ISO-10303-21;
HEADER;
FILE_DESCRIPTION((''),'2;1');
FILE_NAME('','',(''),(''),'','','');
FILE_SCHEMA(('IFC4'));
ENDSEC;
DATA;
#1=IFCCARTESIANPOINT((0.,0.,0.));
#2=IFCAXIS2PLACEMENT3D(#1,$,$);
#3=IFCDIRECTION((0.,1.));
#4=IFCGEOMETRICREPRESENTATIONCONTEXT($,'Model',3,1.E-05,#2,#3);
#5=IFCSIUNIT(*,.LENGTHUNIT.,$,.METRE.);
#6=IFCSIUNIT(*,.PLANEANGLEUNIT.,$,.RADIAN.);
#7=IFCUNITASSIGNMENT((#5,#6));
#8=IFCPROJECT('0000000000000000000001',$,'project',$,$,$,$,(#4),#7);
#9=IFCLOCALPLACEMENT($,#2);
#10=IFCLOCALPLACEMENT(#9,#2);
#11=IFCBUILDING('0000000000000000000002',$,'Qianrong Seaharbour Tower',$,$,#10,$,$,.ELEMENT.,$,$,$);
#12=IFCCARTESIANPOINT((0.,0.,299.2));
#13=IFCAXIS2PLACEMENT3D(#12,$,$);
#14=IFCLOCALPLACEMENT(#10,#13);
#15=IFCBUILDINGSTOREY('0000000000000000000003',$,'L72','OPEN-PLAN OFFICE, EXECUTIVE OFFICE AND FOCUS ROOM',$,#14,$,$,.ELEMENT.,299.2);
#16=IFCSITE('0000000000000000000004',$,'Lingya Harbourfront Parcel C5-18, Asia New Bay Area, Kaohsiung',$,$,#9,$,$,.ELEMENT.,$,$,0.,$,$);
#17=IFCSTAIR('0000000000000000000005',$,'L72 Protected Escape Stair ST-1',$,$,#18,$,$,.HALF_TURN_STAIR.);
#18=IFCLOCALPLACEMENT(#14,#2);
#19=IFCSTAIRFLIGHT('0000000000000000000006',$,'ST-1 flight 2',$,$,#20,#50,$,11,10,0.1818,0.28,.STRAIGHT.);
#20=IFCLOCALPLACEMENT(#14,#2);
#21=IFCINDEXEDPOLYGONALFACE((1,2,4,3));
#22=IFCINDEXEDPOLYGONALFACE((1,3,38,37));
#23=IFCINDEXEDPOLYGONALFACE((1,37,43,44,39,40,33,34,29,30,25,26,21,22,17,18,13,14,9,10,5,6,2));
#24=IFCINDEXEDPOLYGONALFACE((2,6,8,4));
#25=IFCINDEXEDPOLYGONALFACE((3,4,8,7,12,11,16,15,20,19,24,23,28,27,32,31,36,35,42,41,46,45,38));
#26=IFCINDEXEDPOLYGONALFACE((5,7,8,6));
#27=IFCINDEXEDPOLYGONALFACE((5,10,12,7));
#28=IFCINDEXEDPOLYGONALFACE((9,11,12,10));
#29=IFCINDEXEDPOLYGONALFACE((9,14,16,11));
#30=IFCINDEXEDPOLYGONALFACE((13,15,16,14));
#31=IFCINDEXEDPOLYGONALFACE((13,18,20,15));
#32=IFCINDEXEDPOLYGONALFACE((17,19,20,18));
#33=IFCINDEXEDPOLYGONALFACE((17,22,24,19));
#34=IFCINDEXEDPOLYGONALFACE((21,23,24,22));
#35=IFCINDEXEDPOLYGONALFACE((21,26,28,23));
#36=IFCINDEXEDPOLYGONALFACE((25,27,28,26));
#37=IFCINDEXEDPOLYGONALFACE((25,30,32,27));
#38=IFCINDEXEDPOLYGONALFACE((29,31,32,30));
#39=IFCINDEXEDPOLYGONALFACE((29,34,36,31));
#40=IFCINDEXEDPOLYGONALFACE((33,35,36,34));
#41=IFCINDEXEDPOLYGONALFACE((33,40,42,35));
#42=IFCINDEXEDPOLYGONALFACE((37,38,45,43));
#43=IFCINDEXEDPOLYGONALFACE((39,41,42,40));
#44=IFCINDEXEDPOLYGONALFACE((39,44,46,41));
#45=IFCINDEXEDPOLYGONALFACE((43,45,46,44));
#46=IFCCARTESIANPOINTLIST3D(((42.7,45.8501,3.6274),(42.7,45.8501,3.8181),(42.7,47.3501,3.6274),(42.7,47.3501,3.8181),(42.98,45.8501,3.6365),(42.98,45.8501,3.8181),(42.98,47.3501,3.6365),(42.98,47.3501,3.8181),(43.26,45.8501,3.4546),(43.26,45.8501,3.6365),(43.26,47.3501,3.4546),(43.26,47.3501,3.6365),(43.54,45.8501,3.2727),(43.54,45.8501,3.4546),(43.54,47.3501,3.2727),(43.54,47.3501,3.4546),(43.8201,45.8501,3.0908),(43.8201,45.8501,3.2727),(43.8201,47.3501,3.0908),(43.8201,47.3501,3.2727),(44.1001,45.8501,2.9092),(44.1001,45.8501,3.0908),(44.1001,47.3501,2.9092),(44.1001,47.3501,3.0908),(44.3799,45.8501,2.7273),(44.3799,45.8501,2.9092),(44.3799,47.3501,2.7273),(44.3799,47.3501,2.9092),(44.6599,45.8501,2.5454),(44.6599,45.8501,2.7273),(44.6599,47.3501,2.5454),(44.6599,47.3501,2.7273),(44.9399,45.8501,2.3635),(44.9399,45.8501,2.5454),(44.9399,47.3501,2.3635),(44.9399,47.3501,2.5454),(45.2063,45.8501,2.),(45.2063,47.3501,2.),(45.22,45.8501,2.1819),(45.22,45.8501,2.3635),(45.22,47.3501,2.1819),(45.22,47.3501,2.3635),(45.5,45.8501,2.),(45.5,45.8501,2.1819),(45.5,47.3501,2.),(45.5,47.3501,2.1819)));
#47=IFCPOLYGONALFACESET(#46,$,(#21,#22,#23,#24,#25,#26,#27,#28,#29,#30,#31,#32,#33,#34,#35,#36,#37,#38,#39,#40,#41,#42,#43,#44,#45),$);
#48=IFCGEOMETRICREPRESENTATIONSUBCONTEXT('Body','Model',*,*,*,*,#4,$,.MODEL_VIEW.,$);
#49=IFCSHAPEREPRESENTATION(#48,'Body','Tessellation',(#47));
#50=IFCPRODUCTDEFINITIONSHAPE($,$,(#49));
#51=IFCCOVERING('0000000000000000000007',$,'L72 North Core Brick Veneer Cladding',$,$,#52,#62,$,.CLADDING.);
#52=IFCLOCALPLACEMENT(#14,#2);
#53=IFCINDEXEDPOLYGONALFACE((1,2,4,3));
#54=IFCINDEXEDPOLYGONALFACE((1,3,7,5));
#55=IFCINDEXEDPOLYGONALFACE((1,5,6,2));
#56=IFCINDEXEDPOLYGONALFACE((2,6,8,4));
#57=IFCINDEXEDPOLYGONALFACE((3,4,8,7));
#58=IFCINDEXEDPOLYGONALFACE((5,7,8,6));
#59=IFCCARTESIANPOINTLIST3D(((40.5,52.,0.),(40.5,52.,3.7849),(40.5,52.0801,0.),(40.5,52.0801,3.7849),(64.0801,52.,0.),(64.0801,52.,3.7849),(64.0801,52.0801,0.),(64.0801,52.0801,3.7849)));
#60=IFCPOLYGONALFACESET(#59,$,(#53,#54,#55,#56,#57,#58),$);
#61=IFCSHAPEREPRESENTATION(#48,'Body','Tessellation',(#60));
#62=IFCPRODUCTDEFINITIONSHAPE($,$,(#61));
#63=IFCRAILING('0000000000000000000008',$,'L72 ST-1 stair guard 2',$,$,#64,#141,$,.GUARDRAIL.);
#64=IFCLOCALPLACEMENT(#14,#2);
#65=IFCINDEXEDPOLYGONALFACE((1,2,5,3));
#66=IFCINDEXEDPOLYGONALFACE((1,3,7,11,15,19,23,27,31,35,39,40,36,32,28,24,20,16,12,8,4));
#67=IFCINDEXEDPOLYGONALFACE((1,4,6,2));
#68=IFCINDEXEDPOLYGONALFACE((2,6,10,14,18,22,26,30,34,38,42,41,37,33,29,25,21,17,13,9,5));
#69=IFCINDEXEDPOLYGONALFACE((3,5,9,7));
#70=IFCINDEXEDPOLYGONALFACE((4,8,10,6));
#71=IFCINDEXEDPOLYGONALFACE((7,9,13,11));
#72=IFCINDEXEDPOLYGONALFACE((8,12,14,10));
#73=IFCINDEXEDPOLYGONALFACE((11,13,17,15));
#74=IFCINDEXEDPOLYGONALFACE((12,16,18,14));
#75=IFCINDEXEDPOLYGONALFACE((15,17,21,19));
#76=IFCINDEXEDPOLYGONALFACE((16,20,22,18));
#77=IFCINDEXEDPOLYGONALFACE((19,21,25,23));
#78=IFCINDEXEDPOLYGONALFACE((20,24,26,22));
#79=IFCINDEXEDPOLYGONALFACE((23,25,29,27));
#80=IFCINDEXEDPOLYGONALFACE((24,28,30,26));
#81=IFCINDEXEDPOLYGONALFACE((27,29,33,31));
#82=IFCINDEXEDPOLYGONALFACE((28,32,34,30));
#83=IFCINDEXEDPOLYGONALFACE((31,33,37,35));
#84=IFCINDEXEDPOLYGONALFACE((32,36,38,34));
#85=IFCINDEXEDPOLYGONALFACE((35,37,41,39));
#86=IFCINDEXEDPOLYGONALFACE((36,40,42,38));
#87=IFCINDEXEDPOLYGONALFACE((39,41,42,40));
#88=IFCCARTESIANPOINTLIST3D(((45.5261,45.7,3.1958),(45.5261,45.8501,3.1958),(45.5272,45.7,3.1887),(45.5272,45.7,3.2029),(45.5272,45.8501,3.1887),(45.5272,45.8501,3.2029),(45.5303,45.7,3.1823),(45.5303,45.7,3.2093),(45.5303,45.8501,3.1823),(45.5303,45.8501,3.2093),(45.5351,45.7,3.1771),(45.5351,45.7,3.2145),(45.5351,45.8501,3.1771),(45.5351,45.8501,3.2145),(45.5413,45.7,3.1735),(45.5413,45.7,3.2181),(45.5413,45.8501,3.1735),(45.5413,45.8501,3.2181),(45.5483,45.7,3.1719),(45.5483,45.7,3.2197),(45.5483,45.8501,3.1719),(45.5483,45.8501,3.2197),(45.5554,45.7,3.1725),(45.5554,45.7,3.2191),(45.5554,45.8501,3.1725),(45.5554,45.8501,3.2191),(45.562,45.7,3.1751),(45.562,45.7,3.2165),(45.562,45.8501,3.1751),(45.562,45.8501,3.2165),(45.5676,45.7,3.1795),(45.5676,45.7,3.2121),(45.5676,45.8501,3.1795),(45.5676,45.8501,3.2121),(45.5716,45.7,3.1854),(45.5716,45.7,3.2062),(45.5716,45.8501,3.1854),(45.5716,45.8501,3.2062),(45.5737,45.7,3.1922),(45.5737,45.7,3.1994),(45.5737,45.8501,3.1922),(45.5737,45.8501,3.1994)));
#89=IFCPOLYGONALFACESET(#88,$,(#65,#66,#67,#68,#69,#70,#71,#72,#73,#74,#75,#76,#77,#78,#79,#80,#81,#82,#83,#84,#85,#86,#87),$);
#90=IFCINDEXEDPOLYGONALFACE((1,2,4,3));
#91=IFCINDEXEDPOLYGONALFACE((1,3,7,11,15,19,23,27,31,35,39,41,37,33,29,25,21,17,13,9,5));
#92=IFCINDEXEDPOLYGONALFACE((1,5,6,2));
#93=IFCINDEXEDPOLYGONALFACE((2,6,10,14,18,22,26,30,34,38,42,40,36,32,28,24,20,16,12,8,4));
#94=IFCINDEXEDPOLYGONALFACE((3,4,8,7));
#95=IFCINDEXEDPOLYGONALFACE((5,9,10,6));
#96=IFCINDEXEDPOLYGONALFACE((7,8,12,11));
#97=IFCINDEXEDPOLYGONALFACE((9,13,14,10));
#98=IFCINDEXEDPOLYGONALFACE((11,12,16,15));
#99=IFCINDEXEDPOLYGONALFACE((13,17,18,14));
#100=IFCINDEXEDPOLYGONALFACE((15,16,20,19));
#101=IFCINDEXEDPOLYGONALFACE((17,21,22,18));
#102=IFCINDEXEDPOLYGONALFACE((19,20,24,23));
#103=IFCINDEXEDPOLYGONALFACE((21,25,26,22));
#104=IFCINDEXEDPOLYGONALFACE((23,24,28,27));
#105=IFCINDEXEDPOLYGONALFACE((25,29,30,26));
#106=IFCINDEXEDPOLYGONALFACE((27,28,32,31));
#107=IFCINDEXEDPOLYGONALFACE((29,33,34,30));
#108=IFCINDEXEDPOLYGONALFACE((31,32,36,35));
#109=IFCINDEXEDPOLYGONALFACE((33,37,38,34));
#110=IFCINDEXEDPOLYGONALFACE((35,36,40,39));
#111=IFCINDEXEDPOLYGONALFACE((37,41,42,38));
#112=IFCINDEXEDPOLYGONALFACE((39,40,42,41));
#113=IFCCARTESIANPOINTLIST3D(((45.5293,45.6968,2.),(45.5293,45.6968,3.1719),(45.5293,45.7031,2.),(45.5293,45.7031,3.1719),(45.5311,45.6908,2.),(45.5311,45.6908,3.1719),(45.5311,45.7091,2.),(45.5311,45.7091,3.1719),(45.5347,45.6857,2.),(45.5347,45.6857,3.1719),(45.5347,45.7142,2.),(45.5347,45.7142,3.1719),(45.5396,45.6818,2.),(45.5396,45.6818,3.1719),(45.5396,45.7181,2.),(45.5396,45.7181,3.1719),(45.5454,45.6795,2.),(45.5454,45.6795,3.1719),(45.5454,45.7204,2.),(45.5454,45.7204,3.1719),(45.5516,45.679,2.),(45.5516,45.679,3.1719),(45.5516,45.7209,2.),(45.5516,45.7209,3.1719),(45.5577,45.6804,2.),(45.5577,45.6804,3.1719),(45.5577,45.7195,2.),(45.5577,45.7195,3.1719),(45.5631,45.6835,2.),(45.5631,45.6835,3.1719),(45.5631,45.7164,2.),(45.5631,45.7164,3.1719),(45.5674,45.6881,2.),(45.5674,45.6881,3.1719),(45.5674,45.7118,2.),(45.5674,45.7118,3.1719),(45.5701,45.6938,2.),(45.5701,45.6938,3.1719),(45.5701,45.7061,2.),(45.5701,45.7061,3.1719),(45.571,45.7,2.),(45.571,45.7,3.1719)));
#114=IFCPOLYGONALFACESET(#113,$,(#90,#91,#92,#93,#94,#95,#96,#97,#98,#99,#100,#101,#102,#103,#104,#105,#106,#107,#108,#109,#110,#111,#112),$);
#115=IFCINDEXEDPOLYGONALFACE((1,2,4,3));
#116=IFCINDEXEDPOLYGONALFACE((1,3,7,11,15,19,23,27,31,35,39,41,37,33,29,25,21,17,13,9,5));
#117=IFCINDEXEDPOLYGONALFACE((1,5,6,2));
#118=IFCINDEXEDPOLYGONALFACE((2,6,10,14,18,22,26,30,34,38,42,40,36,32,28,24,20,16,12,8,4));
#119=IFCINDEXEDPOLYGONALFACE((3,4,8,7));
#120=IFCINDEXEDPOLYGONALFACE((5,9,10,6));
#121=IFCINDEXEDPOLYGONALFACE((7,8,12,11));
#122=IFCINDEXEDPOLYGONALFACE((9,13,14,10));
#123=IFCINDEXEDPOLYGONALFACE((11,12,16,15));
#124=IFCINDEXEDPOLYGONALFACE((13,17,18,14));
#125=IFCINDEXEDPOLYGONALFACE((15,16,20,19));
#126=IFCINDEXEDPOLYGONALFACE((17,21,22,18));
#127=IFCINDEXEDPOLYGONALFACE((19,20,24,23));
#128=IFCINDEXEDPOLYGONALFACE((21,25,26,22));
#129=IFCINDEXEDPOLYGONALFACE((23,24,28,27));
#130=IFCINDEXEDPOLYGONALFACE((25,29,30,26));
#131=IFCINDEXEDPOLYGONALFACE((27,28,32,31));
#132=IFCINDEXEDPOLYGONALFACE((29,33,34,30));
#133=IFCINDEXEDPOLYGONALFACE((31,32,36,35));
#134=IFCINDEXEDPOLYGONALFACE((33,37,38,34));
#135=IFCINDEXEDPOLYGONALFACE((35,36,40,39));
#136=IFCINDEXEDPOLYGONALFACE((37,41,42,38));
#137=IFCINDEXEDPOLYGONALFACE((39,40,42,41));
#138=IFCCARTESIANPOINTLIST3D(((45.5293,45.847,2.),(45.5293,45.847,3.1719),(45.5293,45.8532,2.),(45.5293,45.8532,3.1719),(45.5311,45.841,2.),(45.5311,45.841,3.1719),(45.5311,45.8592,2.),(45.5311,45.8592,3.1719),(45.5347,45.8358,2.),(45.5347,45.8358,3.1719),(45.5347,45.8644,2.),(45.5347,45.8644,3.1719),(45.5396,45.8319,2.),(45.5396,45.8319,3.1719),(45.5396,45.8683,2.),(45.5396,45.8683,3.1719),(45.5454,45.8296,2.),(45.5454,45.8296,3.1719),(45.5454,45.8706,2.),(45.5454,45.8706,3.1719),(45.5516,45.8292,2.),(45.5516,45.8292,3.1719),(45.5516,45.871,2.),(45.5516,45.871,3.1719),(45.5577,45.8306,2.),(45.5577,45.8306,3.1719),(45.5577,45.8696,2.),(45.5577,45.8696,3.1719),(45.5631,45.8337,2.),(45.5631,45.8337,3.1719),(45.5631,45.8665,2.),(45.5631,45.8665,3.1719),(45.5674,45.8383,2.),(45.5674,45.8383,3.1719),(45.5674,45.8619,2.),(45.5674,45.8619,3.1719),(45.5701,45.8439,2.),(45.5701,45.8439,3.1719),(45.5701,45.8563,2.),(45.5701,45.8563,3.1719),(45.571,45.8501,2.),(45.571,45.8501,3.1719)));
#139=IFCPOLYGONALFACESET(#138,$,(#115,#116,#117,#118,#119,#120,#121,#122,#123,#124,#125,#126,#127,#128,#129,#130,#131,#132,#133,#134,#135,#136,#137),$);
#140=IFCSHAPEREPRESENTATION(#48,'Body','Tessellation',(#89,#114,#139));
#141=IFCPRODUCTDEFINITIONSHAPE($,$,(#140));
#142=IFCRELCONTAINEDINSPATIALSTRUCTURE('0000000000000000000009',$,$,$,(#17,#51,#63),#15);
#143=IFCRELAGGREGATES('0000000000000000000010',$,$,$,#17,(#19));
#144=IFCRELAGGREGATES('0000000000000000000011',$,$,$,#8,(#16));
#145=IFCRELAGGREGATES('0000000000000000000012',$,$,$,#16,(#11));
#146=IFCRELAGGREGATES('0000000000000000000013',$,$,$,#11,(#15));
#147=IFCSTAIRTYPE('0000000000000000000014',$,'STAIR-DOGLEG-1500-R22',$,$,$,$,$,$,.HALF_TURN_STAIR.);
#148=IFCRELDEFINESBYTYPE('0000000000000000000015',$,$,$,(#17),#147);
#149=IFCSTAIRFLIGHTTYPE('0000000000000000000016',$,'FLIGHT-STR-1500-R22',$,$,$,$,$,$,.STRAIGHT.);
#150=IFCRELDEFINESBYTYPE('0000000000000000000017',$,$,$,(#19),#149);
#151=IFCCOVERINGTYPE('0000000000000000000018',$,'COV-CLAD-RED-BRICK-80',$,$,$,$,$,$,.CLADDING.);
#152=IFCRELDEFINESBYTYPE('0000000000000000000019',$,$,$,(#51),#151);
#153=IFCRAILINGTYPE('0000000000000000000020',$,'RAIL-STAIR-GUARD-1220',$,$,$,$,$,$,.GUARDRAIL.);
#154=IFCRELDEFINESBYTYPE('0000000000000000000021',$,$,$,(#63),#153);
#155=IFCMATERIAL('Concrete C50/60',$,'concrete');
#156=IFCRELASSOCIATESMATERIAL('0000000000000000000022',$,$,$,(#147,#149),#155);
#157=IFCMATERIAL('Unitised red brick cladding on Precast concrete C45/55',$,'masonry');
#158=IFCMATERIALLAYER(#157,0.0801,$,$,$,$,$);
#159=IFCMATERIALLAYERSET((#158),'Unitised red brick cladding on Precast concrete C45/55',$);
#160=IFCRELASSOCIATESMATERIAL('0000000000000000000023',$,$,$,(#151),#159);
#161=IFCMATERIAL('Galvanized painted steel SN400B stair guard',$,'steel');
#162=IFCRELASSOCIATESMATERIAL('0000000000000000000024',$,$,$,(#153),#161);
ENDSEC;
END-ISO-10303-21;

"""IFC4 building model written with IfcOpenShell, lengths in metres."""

from ifc_helpers import new_model, si_unit, direction, frame, origin, origin_2d, place, context, subcontext, project, spatial, polyline, rectangle, circle, outline, extrude, material, layer, layer_set, type_object, element, aggregate, save


model = new_model("IFC4")

# Units and contexts
model_context = context("Model", 3, precision=1e-05, world=origin(), true_north=direction((0.0, 1.0)))
body_context = subcontext(model_context, "Body", "Model", "MODEL_VIEW")
ifc_project = project(units=[si_unit("LENGTHUNIT", "METRE"), si_unit("PLANEANGLEUNIT", "RADIAN")], contexts=[model_context])

# Site, building, storey
site_placement = place(None, origin())
site = spatial("IfcSite", under=ifc_project, at=site_placement, Name="Lingya Harbourfront Parcel C5-18, Asia New Bay Area, Kaohsiung", CompositionType="ELEMENT", RefElevation=0.0)
building_placement = place(site_placement, origin())
building = spatial("IfcBuilding", under=site, at=building_placement, Name="Qianrong Seaharbour Tower", CompositionType="ELEMENT")
storey_placement = place(building_placement, frame((0.0, 0.0, 299.2)))
storey = spatial("IfcBuildingStorey", under=building, at=storey_placement, Name="L72", Description="OPEN-PLAN OFFICE, EXECUTIVE OFFICE AND FOCUS ROOM", CompositionType="ELEMENT", Elevation=299.2)

# Shared definitions
ifc_material_1 = material(Name="Concrete C50/60", Category="concrete")

# Stair, stair flight
stair_type = type_object("IfcStairType", Name="STAIR-DOGLEG-1500-R22", PredefinedType="HALF_TURN_STAIR", material=ifc_material_1)
stair_placement = place(storey_placement, origin())
stair = element("IfcStair", 1, at=stair_placement, inside=storey, type_object=stair_type, Name="L72 Protected Escape Stair ST-1", PredefinedType="HALF_TURN_STAIR")
stair_flight_type = type_object("IfcStairFlightType", Name="FLIGHT-STR-1500-R22", PredefinedType="STRAIGHT", material=ifc_material_1)
stair_flight_placement = place(storey_placement, frame((45.5, 46.6001, 2.0), z_axis=(0.0, 0.0, 1.0), x_axis=(-1.0, 0.0, 0.0)))
stair_flight = element("IfcStairFlight", 2, at=stair_flight_placement, type_object=stair_flight_type, Name="ST-1 flight 2", NumberOfRisers=11, NumberOfTreads=10, PredefinedType="STRAIGHT", RiserHeight=0.1818, TreadLength=0.28, context=body_context, shape_type="SweptSolid", body=[
    extrude(outline(polyline([(0.0, 0.0), (0.0, 0.1819), (0.28, 0.1819), (0.28, 0.3635), (0.5601, 0.3635), (0.5601, 0.5454), (0.8401, 0.5454), (0.8401, 0.7273), (1.1201, 0.7273), (1.1201, 0.9092), (1.3999, 0.9092), (1.3999, 1.0908), (1.6799, 1.0908), (1.6799, 1.2727), (1.96, 1.2727), (1.96, 1.4546), (2.24, 1.4546), (2.24, 1.6365), (2.52, 1.6365), (2.52, 1.8181), (2.8, 1.8181), (2.8, 2.0), (2.8, 1.6274), (0.2937, 0.0), (0.0, 0.0)])), frame((0.0, 0.75, 0.0), z_axis=(0.0, -1.0, 0.0), x_axis=(1.0, 0.0, 0.0)), (0.0, 0.0, 1.0), 1.5),
])
aggregate(stair, [stair_flight])

# Covering
ifc_material_2 = material(Name="Unitised red brick cladding on Precast concrete C45/55", Category="masonry")
ifc_layer_1 = layer(ifc_material_2, 0.0801)
ifc_layer_set_1 = layer_set([ifc_layer_1], Name="Unitised red brick cladding on Precast concrete C45/55")
covering_type = type_object("IfcCoveringType", Name="COV-CLAD-RED-BRICK-80", PredefinedType="CLADDING", material=ifc_layer_set_1)
covering_placement = place(storey_placement, frame((52.29, 52.04, 0.0), z_axis=(0.0, 0.0, 1.0), x_axis=(1.0, 0.0, 0.0)))
element("IfcCovering", 3, at=covering_placement, inside=storey, type_object=covering_type, Name="L72 North Core Brick Veneer Cladding", PredefinedType="CLADDING", context=body_context, shape_type="SweptSolid", body=[
    extrude(rectangle(XDim=23.5801, YDim=0.0801, at=origin_2d()), origin(), (0.0, 0.0, 1.0), 3.7849),
])

# Railing
ifc_material_3 = material(Name="Galvanized painted steel SN400B stair guard", Category="steel")
railing_type_1 = type_object("IfcRailingType", Name="RAIL-STAIR-GUARD-1220", PredefinedType="GUARDRAIL", material=ifc_material_3)
railing_1_placement = place(storey_placement, frame((45.55, 45.7, 2.0)))
element("IfcRailing", 4, at=railing_1_placement, inside=storey, type_object=railing_type_1, Name="L72 ST-1 stair guard 2", PredefinedType="GUARDRAIL", context=body_context, shape_type="SweptSolid", body=[
    extrude(circle(Radius=0.0239, at=origin_2d()), frame((0.0, 0.0, 1.1958), z_axis=(0.0, 1.0, 0.0), x_axis=(-1.0, 0.0, 0.0)), (0.0, 0.0, 1.0), 0.1501),
    extrude(circle(Radius=0.021, at=origin_2d()), origin(), (0.0, 0.0, 1.0), 1.1719),
    extrude(circle(Radius=0.021, at=origin_2d()), frame((0.0, 0.1501, 0.0)), (0.0, 0.0, 1.0), 1.1719),
])

save(model, "model.ifc")
